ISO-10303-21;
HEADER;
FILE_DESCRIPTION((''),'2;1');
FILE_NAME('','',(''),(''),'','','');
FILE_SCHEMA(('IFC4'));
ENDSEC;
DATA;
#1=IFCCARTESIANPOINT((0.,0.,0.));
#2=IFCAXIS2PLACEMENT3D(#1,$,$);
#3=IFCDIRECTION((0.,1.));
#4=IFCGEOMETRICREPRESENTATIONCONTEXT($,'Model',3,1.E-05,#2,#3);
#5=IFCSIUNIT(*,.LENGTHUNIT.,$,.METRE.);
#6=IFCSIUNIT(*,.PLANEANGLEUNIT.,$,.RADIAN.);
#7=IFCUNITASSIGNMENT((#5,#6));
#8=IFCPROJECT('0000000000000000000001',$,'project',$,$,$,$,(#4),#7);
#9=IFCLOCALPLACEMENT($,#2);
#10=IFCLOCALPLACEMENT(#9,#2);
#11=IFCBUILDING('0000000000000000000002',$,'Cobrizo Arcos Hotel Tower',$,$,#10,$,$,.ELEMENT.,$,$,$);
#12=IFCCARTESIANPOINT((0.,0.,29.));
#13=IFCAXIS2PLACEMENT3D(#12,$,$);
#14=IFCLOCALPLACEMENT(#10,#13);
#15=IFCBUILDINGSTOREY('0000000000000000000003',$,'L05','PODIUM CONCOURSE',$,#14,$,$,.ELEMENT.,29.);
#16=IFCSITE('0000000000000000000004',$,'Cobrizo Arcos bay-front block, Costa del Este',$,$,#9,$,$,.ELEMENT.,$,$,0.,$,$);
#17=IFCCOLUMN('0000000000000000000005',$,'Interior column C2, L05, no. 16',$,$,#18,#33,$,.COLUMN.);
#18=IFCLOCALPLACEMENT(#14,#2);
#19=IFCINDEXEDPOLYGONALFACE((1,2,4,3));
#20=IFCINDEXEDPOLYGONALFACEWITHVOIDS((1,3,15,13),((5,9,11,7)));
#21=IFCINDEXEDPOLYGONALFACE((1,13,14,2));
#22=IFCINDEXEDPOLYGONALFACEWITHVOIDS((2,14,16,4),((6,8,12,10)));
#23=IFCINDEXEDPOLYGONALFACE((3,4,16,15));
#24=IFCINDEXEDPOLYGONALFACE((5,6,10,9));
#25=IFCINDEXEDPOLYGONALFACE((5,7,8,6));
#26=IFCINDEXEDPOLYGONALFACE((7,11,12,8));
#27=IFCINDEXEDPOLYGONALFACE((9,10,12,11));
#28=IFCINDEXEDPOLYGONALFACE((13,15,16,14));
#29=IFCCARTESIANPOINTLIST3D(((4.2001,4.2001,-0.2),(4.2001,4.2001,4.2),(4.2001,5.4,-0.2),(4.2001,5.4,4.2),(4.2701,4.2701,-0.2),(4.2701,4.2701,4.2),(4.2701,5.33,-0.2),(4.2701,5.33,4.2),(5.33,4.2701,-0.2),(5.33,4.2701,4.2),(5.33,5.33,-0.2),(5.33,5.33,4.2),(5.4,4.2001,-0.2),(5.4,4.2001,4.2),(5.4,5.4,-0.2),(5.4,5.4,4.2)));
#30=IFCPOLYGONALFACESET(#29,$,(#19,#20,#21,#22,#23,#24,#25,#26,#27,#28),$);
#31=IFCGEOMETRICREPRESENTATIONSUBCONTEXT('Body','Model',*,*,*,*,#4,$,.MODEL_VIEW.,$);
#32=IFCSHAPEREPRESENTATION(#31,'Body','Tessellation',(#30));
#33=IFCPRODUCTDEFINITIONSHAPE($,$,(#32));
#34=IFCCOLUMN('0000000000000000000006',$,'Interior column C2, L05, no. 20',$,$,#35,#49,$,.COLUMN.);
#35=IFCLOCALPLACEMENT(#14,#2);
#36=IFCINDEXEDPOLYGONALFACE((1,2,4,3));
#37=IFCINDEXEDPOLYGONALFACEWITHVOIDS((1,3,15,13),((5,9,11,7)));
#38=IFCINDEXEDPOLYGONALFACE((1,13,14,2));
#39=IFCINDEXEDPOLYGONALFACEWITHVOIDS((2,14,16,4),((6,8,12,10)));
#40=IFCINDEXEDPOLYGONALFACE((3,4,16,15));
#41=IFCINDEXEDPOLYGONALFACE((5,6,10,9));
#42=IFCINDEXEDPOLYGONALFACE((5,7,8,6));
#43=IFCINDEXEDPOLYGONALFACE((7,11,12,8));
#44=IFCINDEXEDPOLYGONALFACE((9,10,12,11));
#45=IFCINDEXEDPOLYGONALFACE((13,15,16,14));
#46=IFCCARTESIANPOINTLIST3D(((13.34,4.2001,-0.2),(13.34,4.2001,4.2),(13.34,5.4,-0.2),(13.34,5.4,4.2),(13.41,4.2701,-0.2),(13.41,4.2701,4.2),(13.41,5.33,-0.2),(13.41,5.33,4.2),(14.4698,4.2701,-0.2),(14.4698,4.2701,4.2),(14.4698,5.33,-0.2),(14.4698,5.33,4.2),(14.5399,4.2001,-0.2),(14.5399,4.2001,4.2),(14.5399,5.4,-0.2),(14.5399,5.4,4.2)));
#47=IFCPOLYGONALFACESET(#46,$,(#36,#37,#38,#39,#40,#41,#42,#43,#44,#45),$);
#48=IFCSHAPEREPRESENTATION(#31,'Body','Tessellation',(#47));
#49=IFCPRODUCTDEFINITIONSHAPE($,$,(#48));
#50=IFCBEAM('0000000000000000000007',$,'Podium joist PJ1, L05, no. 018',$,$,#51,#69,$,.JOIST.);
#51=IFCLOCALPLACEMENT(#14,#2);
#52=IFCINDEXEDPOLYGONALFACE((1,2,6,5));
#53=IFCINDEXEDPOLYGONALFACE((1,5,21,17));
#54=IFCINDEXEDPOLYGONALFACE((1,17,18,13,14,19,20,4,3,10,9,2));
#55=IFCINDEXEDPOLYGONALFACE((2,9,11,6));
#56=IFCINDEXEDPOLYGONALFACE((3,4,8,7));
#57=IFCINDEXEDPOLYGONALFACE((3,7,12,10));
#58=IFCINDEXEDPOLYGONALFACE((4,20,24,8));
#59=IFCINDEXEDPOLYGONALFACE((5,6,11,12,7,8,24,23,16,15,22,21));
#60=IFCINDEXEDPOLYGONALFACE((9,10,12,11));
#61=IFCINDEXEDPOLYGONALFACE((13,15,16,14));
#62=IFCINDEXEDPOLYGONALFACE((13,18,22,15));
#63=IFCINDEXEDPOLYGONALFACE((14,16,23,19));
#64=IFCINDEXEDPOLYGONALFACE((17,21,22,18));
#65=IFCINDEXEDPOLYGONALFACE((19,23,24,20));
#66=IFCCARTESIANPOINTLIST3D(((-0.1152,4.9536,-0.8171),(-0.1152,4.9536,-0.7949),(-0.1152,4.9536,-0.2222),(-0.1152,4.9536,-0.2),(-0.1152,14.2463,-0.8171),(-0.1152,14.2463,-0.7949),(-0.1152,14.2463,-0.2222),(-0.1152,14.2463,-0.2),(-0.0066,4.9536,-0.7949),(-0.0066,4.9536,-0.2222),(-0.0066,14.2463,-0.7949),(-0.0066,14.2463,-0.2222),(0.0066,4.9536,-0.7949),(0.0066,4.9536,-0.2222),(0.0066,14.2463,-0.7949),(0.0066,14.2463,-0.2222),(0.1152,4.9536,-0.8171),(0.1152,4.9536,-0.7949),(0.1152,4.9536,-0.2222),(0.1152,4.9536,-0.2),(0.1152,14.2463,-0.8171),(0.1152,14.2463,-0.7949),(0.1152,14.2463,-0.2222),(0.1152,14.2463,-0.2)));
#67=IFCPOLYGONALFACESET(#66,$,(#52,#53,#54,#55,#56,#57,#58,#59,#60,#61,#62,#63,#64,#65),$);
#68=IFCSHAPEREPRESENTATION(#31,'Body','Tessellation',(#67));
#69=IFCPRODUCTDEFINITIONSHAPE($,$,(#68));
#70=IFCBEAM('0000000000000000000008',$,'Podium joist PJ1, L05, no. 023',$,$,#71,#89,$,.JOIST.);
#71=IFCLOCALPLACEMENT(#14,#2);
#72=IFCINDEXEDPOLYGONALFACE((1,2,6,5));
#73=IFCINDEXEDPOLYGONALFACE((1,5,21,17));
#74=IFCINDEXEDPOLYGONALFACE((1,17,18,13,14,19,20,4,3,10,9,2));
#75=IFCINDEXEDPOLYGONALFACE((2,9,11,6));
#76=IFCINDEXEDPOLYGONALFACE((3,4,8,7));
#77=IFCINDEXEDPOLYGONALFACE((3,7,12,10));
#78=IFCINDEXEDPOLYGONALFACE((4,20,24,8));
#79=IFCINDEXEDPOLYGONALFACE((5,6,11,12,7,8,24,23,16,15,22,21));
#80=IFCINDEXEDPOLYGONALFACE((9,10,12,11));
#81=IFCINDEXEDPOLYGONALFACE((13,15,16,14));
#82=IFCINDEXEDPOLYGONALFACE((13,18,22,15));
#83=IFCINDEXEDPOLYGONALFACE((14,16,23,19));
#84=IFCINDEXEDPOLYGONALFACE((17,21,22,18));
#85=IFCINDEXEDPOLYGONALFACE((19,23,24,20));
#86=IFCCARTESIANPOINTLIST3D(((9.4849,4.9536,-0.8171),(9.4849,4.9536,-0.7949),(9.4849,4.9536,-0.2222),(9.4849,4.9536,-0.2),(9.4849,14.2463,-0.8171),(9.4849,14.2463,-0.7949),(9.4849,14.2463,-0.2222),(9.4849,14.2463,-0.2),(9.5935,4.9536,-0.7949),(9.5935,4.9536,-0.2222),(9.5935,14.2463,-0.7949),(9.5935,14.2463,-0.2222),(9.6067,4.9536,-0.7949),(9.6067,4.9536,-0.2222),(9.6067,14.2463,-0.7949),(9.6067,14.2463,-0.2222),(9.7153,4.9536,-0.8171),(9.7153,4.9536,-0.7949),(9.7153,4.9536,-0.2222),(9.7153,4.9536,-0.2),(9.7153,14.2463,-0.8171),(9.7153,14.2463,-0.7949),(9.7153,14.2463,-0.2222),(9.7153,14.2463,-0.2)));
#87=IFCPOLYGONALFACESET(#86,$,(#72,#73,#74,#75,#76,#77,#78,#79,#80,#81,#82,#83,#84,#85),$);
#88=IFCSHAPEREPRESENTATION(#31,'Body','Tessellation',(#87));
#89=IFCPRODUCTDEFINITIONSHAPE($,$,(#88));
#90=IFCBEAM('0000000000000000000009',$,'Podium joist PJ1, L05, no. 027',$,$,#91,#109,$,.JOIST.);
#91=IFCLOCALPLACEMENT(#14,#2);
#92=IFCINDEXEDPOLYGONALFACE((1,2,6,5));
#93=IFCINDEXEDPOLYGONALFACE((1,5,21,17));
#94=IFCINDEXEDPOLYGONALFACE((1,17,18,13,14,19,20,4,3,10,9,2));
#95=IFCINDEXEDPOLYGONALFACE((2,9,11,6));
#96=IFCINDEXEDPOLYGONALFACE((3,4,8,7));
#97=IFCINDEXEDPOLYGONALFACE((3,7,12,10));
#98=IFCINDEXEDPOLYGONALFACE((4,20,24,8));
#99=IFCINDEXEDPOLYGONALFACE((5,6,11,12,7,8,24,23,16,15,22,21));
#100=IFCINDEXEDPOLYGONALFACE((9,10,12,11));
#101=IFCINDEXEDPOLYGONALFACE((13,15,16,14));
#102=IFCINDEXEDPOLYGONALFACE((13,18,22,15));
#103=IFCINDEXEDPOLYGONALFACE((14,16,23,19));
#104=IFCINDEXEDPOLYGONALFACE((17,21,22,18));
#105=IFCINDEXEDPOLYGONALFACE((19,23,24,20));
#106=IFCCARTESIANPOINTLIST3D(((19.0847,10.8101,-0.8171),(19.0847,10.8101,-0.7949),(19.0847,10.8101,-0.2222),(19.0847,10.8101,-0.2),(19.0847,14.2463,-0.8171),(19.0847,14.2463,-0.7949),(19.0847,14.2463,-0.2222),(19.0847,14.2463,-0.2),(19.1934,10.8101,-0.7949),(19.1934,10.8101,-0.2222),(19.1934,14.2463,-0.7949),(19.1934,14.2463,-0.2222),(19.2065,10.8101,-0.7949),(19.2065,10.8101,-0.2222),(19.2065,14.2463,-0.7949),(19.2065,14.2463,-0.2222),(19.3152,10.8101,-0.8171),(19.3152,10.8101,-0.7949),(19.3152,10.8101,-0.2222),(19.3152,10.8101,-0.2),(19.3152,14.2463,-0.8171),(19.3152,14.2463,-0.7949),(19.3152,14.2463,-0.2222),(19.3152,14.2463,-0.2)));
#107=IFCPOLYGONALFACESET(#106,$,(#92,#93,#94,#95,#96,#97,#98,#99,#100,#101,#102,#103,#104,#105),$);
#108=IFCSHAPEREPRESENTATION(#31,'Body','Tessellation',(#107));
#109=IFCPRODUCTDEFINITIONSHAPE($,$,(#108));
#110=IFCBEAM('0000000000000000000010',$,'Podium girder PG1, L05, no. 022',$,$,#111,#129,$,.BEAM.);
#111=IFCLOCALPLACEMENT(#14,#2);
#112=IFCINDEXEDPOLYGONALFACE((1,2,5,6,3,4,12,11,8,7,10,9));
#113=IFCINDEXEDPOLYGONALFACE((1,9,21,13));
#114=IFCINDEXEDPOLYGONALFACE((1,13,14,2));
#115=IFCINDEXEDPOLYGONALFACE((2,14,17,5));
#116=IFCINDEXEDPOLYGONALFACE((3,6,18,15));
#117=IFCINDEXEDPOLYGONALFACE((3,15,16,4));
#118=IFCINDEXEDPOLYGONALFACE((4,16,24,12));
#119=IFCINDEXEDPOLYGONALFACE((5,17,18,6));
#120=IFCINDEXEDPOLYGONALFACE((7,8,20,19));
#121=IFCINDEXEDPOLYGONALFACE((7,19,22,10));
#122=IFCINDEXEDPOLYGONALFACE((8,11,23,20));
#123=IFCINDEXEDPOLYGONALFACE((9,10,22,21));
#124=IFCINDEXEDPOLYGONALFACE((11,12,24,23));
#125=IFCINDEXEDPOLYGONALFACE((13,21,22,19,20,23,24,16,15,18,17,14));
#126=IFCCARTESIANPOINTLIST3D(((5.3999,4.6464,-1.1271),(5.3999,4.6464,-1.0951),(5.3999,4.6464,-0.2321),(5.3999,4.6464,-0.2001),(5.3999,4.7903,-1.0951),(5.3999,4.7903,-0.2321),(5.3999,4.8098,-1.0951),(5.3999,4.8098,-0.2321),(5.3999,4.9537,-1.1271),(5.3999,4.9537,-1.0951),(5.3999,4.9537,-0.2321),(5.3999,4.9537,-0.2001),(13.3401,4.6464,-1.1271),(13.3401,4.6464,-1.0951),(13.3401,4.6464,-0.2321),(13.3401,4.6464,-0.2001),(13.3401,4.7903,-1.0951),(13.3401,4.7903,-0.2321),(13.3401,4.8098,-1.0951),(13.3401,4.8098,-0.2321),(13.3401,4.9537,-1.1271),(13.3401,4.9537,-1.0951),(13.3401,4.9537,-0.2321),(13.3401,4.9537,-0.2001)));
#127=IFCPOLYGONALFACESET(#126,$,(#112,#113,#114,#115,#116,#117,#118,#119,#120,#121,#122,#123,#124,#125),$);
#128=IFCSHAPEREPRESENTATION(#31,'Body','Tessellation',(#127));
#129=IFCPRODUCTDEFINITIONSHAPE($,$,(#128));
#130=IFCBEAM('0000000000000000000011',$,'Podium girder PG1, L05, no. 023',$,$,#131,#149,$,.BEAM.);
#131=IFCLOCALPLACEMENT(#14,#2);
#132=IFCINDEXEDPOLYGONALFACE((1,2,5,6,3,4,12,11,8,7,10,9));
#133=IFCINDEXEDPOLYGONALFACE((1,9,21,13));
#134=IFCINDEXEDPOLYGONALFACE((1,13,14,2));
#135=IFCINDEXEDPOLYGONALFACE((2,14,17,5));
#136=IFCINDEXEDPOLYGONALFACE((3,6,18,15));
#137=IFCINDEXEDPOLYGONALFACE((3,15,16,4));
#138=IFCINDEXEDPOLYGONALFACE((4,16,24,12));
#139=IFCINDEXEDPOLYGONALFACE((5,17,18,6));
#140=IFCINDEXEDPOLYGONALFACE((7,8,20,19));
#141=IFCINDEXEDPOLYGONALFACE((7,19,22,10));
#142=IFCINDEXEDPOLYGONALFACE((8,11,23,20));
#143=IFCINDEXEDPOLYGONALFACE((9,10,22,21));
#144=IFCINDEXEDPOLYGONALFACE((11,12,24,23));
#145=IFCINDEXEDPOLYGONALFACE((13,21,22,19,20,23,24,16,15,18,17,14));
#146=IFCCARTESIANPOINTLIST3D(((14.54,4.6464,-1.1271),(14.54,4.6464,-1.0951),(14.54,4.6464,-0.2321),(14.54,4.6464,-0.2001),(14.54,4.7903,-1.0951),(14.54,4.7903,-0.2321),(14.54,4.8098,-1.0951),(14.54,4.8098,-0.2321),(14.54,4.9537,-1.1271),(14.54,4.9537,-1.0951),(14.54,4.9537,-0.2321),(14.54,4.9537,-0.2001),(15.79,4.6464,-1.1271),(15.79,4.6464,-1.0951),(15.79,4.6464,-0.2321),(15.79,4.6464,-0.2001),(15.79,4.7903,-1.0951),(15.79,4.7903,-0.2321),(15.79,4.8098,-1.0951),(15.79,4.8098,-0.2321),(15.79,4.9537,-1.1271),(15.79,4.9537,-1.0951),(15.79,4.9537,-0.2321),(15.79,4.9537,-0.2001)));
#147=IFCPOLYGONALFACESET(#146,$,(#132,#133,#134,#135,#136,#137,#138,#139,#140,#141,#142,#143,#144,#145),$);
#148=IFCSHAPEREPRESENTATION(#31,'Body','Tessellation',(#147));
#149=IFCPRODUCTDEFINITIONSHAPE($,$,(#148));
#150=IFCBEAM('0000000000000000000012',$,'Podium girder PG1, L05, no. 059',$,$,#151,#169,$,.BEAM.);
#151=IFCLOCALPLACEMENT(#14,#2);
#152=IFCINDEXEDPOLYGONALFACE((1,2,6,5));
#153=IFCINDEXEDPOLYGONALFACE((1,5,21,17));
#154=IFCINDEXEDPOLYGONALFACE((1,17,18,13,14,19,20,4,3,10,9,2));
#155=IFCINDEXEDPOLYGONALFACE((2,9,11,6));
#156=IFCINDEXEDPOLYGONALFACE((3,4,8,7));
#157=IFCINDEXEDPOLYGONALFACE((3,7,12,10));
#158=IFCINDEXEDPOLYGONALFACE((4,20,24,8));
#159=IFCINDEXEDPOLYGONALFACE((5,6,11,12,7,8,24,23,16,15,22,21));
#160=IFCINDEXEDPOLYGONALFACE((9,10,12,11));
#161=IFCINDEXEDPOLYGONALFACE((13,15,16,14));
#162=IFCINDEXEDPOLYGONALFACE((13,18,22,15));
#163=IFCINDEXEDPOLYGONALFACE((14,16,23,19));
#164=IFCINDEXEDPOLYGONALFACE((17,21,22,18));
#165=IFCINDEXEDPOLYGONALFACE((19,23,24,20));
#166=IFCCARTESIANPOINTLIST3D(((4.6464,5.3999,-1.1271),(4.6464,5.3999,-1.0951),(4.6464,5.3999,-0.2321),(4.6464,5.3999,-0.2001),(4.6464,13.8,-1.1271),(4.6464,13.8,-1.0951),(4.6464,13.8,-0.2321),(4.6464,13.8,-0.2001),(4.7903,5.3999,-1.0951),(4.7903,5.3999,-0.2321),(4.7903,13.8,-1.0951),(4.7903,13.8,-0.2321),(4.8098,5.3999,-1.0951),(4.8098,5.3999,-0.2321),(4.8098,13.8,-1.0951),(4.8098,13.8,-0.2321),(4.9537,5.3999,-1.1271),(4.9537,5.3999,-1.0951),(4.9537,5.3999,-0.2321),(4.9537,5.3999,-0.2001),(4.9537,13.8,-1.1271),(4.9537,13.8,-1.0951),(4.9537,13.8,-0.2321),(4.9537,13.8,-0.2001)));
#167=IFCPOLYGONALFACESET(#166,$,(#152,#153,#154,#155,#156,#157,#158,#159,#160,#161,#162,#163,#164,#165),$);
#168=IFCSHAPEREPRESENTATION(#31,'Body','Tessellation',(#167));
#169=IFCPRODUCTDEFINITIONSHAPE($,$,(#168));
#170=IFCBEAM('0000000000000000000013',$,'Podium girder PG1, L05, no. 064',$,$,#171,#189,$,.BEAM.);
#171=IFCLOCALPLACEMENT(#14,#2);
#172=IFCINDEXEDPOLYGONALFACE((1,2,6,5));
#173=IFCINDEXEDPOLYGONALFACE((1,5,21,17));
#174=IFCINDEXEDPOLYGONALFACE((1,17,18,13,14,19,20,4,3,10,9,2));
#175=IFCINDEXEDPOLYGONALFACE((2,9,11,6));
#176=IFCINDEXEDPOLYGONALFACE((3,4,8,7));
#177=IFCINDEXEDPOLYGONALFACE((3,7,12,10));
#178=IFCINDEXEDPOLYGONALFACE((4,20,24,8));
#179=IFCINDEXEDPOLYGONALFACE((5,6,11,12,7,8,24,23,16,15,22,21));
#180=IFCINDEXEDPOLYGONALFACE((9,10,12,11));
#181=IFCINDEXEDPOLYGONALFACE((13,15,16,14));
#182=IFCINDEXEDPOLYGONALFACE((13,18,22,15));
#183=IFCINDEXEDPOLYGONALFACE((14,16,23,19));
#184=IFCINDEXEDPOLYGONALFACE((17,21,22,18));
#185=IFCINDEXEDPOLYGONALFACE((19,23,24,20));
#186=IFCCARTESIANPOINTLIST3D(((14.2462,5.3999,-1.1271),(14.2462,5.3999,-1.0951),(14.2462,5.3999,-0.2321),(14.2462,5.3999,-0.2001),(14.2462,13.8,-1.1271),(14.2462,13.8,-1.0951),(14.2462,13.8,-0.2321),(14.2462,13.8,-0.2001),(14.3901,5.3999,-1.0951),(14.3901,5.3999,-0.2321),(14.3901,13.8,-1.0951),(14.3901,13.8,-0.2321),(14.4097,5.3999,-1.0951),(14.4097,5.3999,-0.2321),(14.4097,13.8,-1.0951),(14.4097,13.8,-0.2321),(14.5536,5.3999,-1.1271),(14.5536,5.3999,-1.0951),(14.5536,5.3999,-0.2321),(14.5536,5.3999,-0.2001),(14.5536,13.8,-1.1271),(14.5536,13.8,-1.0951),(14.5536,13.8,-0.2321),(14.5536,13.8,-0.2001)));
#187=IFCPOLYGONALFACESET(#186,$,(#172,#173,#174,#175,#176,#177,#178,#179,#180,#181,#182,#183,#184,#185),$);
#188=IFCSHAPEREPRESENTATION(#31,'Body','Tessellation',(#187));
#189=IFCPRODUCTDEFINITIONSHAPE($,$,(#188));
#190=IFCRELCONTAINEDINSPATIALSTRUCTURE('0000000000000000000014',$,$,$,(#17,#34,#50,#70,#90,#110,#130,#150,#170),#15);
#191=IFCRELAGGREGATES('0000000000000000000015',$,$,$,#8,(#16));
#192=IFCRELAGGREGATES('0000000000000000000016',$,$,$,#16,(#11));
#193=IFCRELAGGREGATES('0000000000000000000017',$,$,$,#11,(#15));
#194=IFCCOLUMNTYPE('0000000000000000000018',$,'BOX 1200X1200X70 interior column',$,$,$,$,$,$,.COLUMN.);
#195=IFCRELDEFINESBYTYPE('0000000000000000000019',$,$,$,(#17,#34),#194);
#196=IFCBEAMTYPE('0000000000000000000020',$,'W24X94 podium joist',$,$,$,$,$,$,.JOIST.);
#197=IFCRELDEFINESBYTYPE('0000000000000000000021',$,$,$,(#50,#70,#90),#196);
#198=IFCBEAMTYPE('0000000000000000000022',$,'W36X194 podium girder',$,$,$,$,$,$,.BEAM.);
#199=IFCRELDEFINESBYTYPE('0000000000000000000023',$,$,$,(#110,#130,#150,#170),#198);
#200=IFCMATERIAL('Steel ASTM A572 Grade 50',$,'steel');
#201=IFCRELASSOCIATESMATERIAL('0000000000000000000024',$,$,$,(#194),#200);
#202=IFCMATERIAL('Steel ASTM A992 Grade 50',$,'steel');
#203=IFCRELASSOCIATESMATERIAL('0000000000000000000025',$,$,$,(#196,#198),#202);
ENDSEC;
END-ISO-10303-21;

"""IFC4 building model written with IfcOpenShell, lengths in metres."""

from ifc_helpers import new_model, si_unit, direction, frame, origin, origin_2d, place, context, subcontext, project, spatial, hollow_rectangle, i_section, extrude, material, material_profile, profile_set, type_object, element, save


model = new_model("IFC4")

# Units and contexts
model_context = context("Model", 3, precision=1e-05, world=origin(), true_north=direction((0.0, 1.0)))
body_context = subcontext(model_context, "Body", "Model", "MODEL_VIEW")
ifc_project = project(units=[si_unit("LENGTHUNIT", "METRE"), si_unit("PLANEANGLEUNIT", "RADIAN")], contexts=[model_context])

# Site, building, storey
site_placement = place(None, origin())
site = spatial("IfcSite", under=ifc_project, at=site_placement, Name="Cobrizo Arcos bay-front block, Costa del Este", CompositionType="ELEMENT", RefElevation=0.0)
building_placement = place(site_placement, origin())
building = spatial("IfcBuilding", under=site, at=building_placement, Name="Cobrizo Arcos Hotel Tower", CompositionType="ELEMENT")
storey_placement = place(building_placement, frame((0.0, 0.0, 29.0)))
storey = spatial("IfcBuildingStorey", under=building, at=storey_placement, Name="L05", Description="PODIUM CONCOURSE", CompositionType="ELEMENT", Elevation=29.0)

# Columns
ifc_material_1 = material(Name="Steel ASTM A572 Grade 50", Category="steel")
ifc_material_profile_1 = material_profile(ifc_material_1, hollow_rectangle(XDim=1.2, YDim=1.2, WallThickness=0.0701, at=origin_2d()), Name="BOX 1200X1200X70")
ifc_profile_set_1 = profile_set([ifc_material_profile_1], Name="Steel ASTM A572 Grade 50")
column_type = type_object("IfcColumnType", Name="BOX 1200X1200X70 interior column", PredefinedType="COLUMN", material=ifc_profile_set_1)
for number, where, z_axis, x_axis, name in (
    (1, (4.8, 4.8, -0.2), (0.0, 0.0, 1.0), (1.0, 0.0, 0.0), "Interior column C2, L05, no. 16"),
    (2, (13.9399, 4.8, -0.2), (0.0, 0.0, 1.0), (1.0, 0.0, 0.0), "Interior column C2, L05, no. 20"),
):
    element("IfcColumn", number, at=place(storey_placement, frame(where, z_axis=z_axis, x_axis=x_axis)), inside=storey, type_object=column_type, Name=name, PredefinedType="COLUMN", context=body_context, shape_type="SweptSolid", body=[
        extrude(hollow_rectangle(XDim=1.2, YDim=1.2, WallThickness=0.0701, at=origin_2d()), origin(), (0.0, 0.0, 1.0), 4.3999),
    ])

# Beams
ifc_material_2 = material(Name="Steel ASTM A992 Grade 50", Category="steel")
ifc_material_profile_2 = material_profile(ifc_material_2, i_section(OverallWidth=0.2305, OverallDepth=0.6172, WebThickness=0.0132, FlangeThickness=0.0222, at=origin_2d()), Name="W24X94")
ifc_profile_set_2 = profile_set([ifc_material_profile_2], Name="Steel ASTM A992 Grade 50")
beam_type_1 = type_object("IfcBeamType", Name="W24X94 podium joist", PredefinedType="JOIST", material=ifc_profile_set_2)
for number, where, z_axis, x_axis, name in (
    (3, (0.0, 4.9536, -0.5085), (0.0, 1.0, 0.0), (-1.0, 0.0, 0.0), "Podium joist PJ1, L05, no. 018"),
    (4, (9.6001, 4.9536, -0.5085), (0.0, 1.0, 0.0), (-1.0, 0.0, 0.0), "Podium joist PJ1, L05, no. 023"),
):
    element("IfcBeam", number, at=place(storey_placement, frame(where, z_axis=z_axis, x_axis=x_axis)), inside=storey, type_object=beam_type_1, Name=name, PredefinedType="JOIST", context=body_context, shape_type="SweptSolid", body=[
        extrude(i_section(OverallWidth=0.2305, OverallDepth=0.6172, WebThickness=0.0132, FlangeThickness=0.0222, at=origin_2d()), origin(), (0.0, 0.0, 1.0), 9.2927),
    ])
beam_1_placement = place(storey_placement, frame((19.2, 10.8101, -0.5085), z_axis=(0.0, 1.0, 0.0), x_axis=(-1.0, 0.0, 0.0)))
element("IfcBeam", 5, at=beam_1_placement, inside=storey, type_object=beam_type_1, Name="Podium joist PJ1, L05, no. 027", PredefinedType="JOIST", context=body_context, shape_type="SweptSolid", body=[
    extrude(i_section(OverallWidth=0.2305, OverallDepth=0.6172, WebThickness=0.0132, FlangeThickness=0.0222, at=origin_2d()), origin(), (0.0, 0.0, 1.0), 3.4363),
])
ifc_material_profile_3 = material_profile(ifc_material_2, i_section(OverallWidth=0.3074, OverallDepth=0.927, WebThickness=0.0195, FlangeThickness=0.032, at=origin_2d()), Name="W36X194")
ifc_profile_set_3 = profile_set([ifc_material_profile_3], Name="Steel ASTM A992 Grade 50")
beam_type_2 = type_object("IfcBeamType", Name="W36X194 podium girder", PredefinedType="BEAM", material=ifc_profile_set_3)
beam_2_placement = place(storey_placement, frame((5.3999, 4.8, -0.6636), z_axis=(1.0, 0.0, 0.0), x_axis=(0.0, 1.0, 0.0)))
element("IfcBeam", 6, at=beam_2_placement, inside=storey, type_object=beam_type_2, Name="Podium girder PG1, L05, no. 022", PredefinedType="BEAM", context=body_context, shape_type="SweptSolid", body=[
    extrude(i_section(OverallWidth=0.3074, OverallDepth=0.927, WebThickness=0.0195, FlangeThickness=0.032, at=origin_2d()), origin(), (0.0, 0.0, 1.0), 7.9402),
])
beam_3_placement = place(storey_placement, frame((14.54, 4.8, -0.6636), z_axis=(1.0, 0.0, 0.0), x_axis=(0.0, 1.0, 0.0)))
element("IfcBeam", 7, at=beam_3_placement, inside=storey, type_object=beam_type_2, Name="Podium girder PG1, L05, no. 023", PredefinedType="BEAM", context=body_context, shape_type="SweptSolid", body=[
    extrude(i_section(OverallWidth=0.3074, OverallDepth=0.927, WebThickness=0.0195, FlangeThickness=0.032, at=origin_2d()), origin(), (0.0, 0.0, 1.0), 1.25),
])
for number, where, z_axis, x_axis, name in (
    (8, (4.8, 5.3999, -0.6636), (0.0, 1.0, 0.0), (-1.0, 0.0, 0.0), "Podium girder PG1, L05, no. 059"),
    (9, (14.3999, 5.3999, -0.6636), (0.0, 1.0, 0.0), (-1.0, 0.0, 0.0), "Podium girder PG1, L05, no. 064"),
):
    element("IfcBeam", number, at=place(storey_placement, frame(where, z_axis=z_axis, x_axis=x_axis)), inside=storey, type_object=beam_type_2, Name=name, PredefinedType="BEAM", context=body_context, shape_type="SweptSolid", body=[
        extrude(i_section(OverallWidth=0.3074, OverallDepth=0.927, WebThickness=0.0195, FlangeThickness=0.032, at=origin_2d()), origin(), (0.0, 0.0, 1.0), 8.4001),
    ])

save(model, "model.ifc")
